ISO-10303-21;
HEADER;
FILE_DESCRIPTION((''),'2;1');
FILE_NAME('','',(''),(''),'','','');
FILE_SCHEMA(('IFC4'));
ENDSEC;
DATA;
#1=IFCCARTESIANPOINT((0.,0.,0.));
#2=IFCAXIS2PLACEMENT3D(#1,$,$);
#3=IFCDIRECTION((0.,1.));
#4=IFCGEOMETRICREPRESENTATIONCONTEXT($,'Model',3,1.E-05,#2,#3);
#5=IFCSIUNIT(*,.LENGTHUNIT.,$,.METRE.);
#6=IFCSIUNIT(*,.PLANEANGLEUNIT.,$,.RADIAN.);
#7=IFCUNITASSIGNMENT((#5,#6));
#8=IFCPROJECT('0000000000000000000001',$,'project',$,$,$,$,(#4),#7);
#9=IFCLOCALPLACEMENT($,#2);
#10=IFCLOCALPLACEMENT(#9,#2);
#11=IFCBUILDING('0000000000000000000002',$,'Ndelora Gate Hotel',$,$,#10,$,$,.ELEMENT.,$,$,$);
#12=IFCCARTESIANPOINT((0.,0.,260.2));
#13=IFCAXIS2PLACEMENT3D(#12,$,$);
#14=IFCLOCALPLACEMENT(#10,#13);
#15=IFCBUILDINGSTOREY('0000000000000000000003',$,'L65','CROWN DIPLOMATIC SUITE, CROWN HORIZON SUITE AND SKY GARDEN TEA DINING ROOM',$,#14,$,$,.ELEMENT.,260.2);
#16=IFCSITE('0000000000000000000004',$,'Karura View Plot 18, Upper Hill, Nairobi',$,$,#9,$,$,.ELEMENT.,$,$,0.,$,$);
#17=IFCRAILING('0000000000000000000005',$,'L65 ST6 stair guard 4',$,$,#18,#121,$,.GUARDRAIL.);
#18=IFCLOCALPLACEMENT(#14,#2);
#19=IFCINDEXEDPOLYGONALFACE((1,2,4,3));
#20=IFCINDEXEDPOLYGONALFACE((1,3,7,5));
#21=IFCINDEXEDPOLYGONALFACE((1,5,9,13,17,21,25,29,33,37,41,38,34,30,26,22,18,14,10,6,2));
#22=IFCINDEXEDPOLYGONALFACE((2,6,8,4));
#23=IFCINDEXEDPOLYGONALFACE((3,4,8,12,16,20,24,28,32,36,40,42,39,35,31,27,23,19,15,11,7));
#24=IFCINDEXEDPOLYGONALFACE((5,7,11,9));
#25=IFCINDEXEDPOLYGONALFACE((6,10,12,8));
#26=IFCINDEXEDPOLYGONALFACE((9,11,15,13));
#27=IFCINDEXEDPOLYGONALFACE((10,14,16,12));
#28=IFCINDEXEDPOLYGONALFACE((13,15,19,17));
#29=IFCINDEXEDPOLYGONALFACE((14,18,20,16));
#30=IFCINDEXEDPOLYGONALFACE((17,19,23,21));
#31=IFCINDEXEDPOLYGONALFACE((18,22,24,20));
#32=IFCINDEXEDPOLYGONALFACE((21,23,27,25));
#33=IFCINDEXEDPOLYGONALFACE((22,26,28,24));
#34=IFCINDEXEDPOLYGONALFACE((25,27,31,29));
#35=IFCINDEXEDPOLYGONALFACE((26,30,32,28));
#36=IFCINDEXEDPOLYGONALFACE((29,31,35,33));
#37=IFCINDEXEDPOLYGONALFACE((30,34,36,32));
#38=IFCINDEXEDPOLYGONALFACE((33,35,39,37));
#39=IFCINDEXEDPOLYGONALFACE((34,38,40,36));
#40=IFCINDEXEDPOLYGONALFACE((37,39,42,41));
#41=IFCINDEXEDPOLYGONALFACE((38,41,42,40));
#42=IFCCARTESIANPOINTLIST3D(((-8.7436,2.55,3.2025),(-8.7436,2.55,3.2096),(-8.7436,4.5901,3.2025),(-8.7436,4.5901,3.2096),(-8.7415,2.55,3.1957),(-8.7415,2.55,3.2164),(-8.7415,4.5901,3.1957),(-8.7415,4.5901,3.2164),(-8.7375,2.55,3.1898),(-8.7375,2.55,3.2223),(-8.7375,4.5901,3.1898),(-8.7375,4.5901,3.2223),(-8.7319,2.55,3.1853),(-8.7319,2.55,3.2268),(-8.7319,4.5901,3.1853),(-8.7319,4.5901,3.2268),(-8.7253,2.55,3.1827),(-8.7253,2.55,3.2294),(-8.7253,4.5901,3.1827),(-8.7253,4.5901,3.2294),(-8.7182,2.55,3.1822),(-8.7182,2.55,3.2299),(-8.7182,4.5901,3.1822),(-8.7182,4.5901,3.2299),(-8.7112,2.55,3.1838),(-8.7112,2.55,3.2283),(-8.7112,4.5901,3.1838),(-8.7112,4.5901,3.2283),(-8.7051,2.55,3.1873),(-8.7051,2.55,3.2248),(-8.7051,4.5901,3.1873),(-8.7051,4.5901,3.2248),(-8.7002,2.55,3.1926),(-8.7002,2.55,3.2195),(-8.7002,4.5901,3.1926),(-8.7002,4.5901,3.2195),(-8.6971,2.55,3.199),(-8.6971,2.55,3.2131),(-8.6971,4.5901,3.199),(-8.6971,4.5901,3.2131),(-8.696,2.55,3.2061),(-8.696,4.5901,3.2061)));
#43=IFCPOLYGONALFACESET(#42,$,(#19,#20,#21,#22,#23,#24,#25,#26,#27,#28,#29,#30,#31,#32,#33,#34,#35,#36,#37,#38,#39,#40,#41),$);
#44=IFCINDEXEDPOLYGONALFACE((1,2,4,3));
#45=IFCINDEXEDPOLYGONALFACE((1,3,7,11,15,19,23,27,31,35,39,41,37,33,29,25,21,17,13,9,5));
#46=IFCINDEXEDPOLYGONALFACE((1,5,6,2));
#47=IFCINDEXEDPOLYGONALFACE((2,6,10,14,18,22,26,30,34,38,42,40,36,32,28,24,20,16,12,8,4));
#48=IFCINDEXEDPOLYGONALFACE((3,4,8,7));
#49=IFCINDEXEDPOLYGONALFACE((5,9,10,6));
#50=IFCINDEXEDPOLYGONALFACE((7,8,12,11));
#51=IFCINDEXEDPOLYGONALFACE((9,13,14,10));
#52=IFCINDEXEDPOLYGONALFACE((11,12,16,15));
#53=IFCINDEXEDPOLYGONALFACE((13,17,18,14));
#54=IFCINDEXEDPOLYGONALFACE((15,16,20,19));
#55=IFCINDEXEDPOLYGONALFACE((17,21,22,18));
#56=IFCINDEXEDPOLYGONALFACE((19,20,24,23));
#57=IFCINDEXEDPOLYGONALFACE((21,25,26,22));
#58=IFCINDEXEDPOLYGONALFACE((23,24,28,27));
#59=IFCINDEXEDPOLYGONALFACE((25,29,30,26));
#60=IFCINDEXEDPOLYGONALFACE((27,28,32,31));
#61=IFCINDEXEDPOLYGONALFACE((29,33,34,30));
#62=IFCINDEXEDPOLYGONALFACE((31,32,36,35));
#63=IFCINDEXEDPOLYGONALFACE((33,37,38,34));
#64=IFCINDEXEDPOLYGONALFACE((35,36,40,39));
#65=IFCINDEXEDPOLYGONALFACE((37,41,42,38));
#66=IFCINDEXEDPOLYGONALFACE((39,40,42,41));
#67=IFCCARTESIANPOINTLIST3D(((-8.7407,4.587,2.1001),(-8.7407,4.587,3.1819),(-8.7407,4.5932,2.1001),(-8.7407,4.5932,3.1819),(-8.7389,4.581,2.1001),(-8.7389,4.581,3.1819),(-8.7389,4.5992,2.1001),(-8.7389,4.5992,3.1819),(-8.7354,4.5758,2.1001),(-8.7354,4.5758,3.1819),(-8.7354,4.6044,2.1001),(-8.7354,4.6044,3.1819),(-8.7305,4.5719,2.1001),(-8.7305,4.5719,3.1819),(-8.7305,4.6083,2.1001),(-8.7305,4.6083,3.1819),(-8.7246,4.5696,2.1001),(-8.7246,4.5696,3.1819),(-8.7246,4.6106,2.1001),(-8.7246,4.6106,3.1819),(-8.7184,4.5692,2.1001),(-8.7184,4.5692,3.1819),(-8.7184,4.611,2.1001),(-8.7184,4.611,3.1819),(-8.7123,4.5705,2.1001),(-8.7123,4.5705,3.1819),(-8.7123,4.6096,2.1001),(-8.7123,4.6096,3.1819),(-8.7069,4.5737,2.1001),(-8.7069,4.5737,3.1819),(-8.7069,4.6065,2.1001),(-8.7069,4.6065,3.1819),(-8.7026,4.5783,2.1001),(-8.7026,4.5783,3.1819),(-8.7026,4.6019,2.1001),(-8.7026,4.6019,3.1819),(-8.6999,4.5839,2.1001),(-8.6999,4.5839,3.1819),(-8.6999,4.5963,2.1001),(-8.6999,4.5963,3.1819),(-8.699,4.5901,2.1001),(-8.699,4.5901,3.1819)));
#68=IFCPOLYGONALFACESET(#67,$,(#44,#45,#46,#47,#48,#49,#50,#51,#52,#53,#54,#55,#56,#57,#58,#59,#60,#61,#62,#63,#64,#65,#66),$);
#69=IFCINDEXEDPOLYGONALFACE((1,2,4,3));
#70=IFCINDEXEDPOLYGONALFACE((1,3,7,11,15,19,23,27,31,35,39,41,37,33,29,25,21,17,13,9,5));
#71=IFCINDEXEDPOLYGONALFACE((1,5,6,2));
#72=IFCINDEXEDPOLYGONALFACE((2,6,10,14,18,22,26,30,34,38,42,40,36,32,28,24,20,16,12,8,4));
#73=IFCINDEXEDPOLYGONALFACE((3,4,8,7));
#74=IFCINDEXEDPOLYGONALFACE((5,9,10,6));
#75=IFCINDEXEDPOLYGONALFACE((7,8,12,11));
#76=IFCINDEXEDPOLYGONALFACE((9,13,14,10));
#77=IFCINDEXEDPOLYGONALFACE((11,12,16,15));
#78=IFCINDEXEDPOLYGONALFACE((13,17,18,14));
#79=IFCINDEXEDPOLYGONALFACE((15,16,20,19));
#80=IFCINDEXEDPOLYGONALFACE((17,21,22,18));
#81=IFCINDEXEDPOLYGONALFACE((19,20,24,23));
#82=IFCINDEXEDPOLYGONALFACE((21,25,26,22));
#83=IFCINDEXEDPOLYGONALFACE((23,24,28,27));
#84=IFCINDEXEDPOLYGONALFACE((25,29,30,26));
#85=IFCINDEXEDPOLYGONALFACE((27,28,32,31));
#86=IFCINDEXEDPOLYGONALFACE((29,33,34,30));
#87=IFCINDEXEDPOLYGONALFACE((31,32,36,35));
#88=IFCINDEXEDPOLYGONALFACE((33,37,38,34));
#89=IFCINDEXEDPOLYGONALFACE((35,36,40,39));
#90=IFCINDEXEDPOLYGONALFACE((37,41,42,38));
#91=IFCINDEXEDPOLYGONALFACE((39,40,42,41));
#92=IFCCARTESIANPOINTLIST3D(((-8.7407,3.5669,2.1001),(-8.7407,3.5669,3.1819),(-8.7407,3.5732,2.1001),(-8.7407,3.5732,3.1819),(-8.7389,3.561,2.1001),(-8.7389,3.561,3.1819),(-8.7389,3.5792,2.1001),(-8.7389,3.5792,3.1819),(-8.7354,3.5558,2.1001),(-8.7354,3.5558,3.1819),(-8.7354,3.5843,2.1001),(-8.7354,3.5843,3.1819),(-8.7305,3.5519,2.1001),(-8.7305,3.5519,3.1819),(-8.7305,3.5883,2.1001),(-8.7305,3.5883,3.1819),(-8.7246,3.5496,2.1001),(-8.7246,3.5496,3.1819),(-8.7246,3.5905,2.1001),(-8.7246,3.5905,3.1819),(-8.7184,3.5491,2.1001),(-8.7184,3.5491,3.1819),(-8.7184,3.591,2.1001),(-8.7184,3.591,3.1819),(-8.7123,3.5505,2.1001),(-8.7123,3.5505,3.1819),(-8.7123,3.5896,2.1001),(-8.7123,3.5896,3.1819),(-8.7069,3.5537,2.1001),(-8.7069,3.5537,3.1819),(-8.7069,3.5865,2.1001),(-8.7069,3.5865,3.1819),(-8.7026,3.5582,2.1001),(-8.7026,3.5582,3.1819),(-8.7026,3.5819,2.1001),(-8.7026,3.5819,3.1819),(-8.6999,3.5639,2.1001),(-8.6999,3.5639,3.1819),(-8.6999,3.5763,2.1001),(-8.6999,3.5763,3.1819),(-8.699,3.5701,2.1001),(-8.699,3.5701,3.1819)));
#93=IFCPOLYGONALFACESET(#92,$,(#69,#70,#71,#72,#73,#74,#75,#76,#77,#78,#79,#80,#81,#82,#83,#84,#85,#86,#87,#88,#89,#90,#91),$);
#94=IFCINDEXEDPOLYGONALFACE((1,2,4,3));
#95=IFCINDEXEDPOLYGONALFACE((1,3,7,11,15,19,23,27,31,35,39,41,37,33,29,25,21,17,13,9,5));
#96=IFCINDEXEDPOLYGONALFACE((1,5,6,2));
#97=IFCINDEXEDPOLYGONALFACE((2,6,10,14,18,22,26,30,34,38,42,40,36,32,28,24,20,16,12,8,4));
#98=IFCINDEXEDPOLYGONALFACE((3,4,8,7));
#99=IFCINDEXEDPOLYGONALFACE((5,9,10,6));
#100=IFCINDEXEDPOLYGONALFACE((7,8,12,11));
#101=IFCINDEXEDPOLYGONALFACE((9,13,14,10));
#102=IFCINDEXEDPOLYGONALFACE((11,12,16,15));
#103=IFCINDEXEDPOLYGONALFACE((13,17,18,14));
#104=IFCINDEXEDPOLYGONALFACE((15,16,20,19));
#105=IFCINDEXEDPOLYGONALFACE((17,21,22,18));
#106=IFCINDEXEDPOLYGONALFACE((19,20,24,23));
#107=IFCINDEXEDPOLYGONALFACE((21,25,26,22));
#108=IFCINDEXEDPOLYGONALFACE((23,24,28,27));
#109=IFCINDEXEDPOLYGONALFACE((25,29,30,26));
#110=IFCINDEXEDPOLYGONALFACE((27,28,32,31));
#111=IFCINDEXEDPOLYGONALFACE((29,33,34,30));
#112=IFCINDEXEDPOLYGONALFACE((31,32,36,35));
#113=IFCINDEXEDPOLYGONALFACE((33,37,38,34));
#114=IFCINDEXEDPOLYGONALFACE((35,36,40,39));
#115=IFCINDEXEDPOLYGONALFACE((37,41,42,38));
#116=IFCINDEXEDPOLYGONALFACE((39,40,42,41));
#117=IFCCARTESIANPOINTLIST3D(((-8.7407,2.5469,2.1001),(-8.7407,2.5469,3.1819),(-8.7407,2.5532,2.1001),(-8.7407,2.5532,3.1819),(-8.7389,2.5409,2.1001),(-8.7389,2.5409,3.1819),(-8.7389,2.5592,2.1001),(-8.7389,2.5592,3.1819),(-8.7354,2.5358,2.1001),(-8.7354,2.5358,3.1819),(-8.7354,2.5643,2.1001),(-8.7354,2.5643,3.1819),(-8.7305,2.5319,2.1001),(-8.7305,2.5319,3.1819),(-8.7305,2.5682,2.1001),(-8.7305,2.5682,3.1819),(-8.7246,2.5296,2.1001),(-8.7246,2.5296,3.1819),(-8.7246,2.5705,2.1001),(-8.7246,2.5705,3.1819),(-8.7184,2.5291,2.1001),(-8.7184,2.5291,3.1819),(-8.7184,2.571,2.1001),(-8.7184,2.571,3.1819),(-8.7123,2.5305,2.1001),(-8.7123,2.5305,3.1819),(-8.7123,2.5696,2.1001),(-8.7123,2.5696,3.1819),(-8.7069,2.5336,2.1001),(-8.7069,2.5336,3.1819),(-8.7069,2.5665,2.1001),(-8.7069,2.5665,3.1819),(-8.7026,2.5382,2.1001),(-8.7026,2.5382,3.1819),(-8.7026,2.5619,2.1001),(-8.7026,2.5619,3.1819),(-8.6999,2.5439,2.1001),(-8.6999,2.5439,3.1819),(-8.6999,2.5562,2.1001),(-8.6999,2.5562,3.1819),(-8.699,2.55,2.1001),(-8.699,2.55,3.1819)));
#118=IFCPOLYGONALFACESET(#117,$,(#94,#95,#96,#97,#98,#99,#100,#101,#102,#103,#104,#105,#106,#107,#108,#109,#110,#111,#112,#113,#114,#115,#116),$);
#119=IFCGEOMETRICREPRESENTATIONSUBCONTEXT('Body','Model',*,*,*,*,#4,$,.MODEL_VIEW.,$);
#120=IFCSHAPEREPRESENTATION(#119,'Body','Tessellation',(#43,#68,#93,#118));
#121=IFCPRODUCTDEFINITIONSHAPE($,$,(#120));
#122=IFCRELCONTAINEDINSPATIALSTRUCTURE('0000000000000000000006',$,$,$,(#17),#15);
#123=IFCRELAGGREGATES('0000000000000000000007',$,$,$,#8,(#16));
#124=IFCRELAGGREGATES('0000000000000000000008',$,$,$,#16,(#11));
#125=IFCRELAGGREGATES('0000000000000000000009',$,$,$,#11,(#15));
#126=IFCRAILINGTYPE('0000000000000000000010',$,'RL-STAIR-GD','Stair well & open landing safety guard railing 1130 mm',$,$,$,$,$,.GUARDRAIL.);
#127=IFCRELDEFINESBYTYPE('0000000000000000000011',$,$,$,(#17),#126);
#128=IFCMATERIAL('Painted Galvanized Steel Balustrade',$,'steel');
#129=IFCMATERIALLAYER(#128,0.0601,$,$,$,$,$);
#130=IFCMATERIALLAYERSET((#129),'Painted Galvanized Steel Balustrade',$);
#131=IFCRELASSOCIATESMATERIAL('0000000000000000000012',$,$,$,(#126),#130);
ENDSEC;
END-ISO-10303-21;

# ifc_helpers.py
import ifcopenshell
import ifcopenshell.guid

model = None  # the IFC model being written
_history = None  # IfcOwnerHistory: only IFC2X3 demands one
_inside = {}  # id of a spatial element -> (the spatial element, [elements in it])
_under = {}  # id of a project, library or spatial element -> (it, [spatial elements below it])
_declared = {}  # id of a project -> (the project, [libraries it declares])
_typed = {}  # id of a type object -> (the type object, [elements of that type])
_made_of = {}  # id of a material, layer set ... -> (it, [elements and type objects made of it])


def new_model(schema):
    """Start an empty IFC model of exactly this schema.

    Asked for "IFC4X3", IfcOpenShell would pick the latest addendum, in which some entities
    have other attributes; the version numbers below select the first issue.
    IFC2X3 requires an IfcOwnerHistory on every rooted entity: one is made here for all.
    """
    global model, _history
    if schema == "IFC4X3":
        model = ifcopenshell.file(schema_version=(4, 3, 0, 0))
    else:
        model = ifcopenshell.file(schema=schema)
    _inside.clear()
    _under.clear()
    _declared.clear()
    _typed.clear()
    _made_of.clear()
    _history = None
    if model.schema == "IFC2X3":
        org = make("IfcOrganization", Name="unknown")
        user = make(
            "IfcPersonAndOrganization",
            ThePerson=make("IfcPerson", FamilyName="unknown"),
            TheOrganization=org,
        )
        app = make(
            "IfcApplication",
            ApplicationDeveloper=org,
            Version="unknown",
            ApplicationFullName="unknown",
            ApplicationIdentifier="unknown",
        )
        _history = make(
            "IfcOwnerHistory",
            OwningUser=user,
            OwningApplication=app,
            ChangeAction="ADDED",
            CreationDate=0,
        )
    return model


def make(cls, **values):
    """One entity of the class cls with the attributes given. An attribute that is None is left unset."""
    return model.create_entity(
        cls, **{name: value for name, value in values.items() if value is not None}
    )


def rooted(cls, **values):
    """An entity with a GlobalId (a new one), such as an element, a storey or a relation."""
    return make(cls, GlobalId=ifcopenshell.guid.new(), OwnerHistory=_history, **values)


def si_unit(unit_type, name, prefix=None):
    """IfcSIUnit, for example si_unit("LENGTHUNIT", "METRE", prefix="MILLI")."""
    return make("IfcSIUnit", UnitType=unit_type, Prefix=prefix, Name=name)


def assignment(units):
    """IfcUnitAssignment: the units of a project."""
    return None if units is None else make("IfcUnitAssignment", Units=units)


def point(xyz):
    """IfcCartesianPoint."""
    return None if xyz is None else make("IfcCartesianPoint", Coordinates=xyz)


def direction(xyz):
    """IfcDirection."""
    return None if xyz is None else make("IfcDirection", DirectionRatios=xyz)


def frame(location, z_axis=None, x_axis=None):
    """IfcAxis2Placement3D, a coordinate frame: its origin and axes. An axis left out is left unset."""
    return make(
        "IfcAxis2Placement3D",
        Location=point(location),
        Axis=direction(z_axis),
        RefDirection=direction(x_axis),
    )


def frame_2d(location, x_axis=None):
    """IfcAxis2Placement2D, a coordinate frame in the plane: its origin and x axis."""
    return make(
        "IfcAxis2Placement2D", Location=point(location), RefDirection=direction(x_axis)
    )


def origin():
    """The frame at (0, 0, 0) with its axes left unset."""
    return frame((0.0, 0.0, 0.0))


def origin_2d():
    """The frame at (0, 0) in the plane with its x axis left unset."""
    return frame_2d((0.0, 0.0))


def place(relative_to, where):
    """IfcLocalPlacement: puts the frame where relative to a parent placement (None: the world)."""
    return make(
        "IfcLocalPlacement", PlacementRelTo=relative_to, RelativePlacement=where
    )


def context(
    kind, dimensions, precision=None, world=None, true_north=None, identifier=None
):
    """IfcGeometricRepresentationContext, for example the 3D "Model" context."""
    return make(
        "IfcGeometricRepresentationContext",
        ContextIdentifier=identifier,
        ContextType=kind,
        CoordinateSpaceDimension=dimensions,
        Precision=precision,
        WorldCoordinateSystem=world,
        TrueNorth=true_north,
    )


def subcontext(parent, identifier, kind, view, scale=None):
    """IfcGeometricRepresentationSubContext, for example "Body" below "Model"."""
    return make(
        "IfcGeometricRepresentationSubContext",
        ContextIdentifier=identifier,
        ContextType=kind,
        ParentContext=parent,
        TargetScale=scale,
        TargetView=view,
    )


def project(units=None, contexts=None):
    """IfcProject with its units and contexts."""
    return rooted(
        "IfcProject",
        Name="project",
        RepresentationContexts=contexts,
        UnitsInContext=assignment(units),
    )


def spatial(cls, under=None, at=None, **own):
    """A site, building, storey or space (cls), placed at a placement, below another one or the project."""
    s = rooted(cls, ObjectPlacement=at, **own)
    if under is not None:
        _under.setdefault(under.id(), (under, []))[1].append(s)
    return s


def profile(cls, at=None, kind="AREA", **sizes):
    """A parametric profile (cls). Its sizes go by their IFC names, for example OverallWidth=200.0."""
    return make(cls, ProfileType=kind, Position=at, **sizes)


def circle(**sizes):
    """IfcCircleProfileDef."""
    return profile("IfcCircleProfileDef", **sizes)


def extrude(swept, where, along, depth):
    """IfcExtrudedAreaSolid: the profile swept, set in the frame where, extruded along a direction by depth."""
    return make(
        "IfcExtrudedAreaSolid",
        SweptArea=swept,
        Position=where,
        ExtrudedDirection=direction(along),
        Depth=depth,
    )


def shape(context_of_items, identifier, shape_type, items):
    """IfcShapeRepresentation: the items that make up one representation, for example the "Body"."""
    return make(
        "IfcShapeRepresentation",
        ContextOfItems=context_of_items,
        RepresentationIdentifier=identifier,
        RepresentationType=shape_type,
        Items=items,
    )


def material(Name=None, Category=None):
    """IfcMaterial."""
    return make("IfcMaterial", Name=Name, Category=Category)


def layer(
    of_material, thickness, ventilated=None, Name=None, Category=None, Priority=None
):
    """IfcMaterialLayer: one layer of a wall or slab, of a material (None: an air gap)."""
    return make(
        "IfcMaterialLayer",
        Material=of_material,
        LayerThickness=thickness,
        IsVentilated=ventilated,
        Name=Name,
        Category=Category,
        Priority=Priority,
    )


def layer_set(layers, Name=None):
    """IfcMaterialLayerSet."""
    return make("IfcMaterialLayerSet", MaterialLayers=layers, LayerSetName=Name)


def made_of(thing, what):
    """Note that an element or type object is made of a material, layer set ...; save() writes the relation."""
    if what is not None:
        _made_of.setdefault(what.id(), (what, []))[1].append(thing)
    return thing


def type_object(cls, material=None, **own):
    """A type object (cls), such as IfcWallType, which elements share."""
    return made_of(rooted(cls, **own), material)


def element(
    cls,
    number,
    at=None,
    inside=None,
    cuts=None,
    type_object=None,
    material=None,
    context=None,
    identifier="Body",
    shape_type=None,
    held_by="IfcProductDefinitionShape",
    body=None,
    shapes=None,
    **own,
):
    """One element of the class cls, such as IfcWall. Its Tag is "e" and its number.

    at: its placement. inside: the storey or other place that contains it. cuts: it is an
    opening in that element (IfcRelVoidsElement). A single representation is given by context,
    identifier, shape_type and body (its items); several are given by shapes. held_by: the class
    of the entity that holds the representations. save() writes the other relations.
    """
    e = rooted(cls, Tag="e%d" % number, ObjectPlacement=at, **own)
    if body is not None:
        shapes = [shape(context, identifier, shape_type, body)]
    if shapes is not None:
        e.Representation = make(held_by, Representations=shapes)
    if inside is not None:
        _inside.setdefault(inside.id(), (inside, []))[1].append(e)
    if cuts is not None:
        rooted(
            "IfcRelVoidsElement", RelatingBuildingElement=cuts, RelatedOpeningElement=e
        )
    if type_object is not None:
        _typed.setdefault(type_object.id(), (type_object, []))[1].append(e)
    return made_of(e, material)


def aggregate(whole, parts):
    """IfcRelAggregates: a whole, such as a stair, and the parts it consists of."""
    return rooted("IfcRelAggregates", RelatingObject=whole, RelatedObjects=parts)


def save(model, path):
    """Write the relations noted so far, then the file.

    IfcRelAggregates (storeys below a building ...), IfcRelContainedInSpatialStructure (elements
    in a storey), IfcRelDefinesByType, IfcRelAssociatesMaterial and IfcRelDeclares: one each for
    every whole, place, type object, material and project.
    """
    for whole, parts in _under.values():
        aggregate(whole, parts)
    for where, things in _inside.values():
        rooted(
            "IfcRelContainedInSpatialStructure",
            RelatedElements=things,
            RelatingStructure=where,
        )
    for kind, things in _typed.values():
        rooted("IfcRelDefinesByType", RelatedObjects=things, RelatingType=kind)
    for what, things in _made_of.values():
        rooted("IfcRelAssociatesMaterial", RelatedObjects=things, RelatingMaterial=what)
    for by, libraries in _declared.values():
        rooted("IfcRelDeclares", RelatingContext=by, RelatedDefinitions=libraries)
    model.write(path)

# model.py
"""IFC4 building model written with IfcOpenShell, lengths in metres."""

from ifc_helpers import new_model, si_unit, direction, frame, origin, origin_2d, place, context, subcontext, project, spatial, circle, extrude, material, layer, layer_set, type_object, element, save


model = new_model("IFC4")

# Units and contexts
model_context = context("Model", 3, precision=1e-05, world=origin(), true_north=direction((0.0, 1.0)))
body_context = subcontext(model_context, "Body", "Model", "MODEL_VIEW")
ifc_project = project(units=[si_unit("LENGTHUNIT", "METRE"), si_unit("PLANEANGLEUNIT", "RADIAN")], contexts=[model_context])

# Site, building, storey
site_placement = place(None, origin())
site = spatial("IfcSite", under=ifc_project, at=site_placement, Name="Karura View Plot 18, Upper Hill, Nairobi", CompositionType="ELEMENT", RefElevation=0.0)
building_placement = place(site_placement, origin())
building = spatial("IfcBuilding", under=site, at=building_placement, Name="Ndelora Gate Hotel", CompositionType="ELEMENT")
storey_placement = place(building_placement, frame((0.0, 0.0, 260.2)))
storey = spatial("IfcBuildingStorey", under=building, at=storey_placement, Name="L65", Description="CROWN DIPLOMATIC SUITE, CROWN HORIZON SUITE AND SKY GARDEN TEA DINING ROOM", CompositionType="ELEMENT", Elevation=260.2)

# Railing
ifc_material_1 = material(Name="Painted Galvanized Steel Balustrade", Category="steel")
ifc_layer_1 = layer(ifc_material_1, 0.0601)
ifc_layer_set_1 = layer_set([ifc_layer_1], Name="Painted Galvanized Steel Balustrade")
railing_type_1 = type_object("IfcRailingType", Name="RL-STAIR-GD", Description="Stair well & open landing safety guard railing 1130 mm", PredefinedType="GUARDRAIL", material=ifc_layer_set_1)
railing_1_placement = place(storey_placement, frame((-8.72, 4.5901, 2.1001)))
element("IfcRailing", 1, at=railing_1_placement, inside=storey, type_object=railing_type_1, Name="L65 ST6 stair guard 4", PredefinedType="GUARDRAIL", context=body_context, shape_type="SweptSolid", body=[
    extrude(circle(Radius=0.0239, at=origin_2d()), frame((0.0, 0.0, 1.106), z_axis=(0.0, -1.0, 0.0), x_axis=(1.0, 0.0, 0.0)), (0.0, 0.0, 1.0), 2.04),
    extrude(circle(Radius=0.021, at=origin_2d()), origin(), (0.0, 0.0, 1.0), 1.0818),
    extrude(circle(Radius=0.021, at=origin_2d()), frame((0.0, -1.02, 0.0)), (0.0, 0.0, 1.0), 1.0818),
    extrude(circle(Radius=0.021, at=origin_2d()), frame((0.0, -2.04, 0.0)), (0.0, 0.0, 1.0), 1.0818),
])

save(model, "model.ifc")
